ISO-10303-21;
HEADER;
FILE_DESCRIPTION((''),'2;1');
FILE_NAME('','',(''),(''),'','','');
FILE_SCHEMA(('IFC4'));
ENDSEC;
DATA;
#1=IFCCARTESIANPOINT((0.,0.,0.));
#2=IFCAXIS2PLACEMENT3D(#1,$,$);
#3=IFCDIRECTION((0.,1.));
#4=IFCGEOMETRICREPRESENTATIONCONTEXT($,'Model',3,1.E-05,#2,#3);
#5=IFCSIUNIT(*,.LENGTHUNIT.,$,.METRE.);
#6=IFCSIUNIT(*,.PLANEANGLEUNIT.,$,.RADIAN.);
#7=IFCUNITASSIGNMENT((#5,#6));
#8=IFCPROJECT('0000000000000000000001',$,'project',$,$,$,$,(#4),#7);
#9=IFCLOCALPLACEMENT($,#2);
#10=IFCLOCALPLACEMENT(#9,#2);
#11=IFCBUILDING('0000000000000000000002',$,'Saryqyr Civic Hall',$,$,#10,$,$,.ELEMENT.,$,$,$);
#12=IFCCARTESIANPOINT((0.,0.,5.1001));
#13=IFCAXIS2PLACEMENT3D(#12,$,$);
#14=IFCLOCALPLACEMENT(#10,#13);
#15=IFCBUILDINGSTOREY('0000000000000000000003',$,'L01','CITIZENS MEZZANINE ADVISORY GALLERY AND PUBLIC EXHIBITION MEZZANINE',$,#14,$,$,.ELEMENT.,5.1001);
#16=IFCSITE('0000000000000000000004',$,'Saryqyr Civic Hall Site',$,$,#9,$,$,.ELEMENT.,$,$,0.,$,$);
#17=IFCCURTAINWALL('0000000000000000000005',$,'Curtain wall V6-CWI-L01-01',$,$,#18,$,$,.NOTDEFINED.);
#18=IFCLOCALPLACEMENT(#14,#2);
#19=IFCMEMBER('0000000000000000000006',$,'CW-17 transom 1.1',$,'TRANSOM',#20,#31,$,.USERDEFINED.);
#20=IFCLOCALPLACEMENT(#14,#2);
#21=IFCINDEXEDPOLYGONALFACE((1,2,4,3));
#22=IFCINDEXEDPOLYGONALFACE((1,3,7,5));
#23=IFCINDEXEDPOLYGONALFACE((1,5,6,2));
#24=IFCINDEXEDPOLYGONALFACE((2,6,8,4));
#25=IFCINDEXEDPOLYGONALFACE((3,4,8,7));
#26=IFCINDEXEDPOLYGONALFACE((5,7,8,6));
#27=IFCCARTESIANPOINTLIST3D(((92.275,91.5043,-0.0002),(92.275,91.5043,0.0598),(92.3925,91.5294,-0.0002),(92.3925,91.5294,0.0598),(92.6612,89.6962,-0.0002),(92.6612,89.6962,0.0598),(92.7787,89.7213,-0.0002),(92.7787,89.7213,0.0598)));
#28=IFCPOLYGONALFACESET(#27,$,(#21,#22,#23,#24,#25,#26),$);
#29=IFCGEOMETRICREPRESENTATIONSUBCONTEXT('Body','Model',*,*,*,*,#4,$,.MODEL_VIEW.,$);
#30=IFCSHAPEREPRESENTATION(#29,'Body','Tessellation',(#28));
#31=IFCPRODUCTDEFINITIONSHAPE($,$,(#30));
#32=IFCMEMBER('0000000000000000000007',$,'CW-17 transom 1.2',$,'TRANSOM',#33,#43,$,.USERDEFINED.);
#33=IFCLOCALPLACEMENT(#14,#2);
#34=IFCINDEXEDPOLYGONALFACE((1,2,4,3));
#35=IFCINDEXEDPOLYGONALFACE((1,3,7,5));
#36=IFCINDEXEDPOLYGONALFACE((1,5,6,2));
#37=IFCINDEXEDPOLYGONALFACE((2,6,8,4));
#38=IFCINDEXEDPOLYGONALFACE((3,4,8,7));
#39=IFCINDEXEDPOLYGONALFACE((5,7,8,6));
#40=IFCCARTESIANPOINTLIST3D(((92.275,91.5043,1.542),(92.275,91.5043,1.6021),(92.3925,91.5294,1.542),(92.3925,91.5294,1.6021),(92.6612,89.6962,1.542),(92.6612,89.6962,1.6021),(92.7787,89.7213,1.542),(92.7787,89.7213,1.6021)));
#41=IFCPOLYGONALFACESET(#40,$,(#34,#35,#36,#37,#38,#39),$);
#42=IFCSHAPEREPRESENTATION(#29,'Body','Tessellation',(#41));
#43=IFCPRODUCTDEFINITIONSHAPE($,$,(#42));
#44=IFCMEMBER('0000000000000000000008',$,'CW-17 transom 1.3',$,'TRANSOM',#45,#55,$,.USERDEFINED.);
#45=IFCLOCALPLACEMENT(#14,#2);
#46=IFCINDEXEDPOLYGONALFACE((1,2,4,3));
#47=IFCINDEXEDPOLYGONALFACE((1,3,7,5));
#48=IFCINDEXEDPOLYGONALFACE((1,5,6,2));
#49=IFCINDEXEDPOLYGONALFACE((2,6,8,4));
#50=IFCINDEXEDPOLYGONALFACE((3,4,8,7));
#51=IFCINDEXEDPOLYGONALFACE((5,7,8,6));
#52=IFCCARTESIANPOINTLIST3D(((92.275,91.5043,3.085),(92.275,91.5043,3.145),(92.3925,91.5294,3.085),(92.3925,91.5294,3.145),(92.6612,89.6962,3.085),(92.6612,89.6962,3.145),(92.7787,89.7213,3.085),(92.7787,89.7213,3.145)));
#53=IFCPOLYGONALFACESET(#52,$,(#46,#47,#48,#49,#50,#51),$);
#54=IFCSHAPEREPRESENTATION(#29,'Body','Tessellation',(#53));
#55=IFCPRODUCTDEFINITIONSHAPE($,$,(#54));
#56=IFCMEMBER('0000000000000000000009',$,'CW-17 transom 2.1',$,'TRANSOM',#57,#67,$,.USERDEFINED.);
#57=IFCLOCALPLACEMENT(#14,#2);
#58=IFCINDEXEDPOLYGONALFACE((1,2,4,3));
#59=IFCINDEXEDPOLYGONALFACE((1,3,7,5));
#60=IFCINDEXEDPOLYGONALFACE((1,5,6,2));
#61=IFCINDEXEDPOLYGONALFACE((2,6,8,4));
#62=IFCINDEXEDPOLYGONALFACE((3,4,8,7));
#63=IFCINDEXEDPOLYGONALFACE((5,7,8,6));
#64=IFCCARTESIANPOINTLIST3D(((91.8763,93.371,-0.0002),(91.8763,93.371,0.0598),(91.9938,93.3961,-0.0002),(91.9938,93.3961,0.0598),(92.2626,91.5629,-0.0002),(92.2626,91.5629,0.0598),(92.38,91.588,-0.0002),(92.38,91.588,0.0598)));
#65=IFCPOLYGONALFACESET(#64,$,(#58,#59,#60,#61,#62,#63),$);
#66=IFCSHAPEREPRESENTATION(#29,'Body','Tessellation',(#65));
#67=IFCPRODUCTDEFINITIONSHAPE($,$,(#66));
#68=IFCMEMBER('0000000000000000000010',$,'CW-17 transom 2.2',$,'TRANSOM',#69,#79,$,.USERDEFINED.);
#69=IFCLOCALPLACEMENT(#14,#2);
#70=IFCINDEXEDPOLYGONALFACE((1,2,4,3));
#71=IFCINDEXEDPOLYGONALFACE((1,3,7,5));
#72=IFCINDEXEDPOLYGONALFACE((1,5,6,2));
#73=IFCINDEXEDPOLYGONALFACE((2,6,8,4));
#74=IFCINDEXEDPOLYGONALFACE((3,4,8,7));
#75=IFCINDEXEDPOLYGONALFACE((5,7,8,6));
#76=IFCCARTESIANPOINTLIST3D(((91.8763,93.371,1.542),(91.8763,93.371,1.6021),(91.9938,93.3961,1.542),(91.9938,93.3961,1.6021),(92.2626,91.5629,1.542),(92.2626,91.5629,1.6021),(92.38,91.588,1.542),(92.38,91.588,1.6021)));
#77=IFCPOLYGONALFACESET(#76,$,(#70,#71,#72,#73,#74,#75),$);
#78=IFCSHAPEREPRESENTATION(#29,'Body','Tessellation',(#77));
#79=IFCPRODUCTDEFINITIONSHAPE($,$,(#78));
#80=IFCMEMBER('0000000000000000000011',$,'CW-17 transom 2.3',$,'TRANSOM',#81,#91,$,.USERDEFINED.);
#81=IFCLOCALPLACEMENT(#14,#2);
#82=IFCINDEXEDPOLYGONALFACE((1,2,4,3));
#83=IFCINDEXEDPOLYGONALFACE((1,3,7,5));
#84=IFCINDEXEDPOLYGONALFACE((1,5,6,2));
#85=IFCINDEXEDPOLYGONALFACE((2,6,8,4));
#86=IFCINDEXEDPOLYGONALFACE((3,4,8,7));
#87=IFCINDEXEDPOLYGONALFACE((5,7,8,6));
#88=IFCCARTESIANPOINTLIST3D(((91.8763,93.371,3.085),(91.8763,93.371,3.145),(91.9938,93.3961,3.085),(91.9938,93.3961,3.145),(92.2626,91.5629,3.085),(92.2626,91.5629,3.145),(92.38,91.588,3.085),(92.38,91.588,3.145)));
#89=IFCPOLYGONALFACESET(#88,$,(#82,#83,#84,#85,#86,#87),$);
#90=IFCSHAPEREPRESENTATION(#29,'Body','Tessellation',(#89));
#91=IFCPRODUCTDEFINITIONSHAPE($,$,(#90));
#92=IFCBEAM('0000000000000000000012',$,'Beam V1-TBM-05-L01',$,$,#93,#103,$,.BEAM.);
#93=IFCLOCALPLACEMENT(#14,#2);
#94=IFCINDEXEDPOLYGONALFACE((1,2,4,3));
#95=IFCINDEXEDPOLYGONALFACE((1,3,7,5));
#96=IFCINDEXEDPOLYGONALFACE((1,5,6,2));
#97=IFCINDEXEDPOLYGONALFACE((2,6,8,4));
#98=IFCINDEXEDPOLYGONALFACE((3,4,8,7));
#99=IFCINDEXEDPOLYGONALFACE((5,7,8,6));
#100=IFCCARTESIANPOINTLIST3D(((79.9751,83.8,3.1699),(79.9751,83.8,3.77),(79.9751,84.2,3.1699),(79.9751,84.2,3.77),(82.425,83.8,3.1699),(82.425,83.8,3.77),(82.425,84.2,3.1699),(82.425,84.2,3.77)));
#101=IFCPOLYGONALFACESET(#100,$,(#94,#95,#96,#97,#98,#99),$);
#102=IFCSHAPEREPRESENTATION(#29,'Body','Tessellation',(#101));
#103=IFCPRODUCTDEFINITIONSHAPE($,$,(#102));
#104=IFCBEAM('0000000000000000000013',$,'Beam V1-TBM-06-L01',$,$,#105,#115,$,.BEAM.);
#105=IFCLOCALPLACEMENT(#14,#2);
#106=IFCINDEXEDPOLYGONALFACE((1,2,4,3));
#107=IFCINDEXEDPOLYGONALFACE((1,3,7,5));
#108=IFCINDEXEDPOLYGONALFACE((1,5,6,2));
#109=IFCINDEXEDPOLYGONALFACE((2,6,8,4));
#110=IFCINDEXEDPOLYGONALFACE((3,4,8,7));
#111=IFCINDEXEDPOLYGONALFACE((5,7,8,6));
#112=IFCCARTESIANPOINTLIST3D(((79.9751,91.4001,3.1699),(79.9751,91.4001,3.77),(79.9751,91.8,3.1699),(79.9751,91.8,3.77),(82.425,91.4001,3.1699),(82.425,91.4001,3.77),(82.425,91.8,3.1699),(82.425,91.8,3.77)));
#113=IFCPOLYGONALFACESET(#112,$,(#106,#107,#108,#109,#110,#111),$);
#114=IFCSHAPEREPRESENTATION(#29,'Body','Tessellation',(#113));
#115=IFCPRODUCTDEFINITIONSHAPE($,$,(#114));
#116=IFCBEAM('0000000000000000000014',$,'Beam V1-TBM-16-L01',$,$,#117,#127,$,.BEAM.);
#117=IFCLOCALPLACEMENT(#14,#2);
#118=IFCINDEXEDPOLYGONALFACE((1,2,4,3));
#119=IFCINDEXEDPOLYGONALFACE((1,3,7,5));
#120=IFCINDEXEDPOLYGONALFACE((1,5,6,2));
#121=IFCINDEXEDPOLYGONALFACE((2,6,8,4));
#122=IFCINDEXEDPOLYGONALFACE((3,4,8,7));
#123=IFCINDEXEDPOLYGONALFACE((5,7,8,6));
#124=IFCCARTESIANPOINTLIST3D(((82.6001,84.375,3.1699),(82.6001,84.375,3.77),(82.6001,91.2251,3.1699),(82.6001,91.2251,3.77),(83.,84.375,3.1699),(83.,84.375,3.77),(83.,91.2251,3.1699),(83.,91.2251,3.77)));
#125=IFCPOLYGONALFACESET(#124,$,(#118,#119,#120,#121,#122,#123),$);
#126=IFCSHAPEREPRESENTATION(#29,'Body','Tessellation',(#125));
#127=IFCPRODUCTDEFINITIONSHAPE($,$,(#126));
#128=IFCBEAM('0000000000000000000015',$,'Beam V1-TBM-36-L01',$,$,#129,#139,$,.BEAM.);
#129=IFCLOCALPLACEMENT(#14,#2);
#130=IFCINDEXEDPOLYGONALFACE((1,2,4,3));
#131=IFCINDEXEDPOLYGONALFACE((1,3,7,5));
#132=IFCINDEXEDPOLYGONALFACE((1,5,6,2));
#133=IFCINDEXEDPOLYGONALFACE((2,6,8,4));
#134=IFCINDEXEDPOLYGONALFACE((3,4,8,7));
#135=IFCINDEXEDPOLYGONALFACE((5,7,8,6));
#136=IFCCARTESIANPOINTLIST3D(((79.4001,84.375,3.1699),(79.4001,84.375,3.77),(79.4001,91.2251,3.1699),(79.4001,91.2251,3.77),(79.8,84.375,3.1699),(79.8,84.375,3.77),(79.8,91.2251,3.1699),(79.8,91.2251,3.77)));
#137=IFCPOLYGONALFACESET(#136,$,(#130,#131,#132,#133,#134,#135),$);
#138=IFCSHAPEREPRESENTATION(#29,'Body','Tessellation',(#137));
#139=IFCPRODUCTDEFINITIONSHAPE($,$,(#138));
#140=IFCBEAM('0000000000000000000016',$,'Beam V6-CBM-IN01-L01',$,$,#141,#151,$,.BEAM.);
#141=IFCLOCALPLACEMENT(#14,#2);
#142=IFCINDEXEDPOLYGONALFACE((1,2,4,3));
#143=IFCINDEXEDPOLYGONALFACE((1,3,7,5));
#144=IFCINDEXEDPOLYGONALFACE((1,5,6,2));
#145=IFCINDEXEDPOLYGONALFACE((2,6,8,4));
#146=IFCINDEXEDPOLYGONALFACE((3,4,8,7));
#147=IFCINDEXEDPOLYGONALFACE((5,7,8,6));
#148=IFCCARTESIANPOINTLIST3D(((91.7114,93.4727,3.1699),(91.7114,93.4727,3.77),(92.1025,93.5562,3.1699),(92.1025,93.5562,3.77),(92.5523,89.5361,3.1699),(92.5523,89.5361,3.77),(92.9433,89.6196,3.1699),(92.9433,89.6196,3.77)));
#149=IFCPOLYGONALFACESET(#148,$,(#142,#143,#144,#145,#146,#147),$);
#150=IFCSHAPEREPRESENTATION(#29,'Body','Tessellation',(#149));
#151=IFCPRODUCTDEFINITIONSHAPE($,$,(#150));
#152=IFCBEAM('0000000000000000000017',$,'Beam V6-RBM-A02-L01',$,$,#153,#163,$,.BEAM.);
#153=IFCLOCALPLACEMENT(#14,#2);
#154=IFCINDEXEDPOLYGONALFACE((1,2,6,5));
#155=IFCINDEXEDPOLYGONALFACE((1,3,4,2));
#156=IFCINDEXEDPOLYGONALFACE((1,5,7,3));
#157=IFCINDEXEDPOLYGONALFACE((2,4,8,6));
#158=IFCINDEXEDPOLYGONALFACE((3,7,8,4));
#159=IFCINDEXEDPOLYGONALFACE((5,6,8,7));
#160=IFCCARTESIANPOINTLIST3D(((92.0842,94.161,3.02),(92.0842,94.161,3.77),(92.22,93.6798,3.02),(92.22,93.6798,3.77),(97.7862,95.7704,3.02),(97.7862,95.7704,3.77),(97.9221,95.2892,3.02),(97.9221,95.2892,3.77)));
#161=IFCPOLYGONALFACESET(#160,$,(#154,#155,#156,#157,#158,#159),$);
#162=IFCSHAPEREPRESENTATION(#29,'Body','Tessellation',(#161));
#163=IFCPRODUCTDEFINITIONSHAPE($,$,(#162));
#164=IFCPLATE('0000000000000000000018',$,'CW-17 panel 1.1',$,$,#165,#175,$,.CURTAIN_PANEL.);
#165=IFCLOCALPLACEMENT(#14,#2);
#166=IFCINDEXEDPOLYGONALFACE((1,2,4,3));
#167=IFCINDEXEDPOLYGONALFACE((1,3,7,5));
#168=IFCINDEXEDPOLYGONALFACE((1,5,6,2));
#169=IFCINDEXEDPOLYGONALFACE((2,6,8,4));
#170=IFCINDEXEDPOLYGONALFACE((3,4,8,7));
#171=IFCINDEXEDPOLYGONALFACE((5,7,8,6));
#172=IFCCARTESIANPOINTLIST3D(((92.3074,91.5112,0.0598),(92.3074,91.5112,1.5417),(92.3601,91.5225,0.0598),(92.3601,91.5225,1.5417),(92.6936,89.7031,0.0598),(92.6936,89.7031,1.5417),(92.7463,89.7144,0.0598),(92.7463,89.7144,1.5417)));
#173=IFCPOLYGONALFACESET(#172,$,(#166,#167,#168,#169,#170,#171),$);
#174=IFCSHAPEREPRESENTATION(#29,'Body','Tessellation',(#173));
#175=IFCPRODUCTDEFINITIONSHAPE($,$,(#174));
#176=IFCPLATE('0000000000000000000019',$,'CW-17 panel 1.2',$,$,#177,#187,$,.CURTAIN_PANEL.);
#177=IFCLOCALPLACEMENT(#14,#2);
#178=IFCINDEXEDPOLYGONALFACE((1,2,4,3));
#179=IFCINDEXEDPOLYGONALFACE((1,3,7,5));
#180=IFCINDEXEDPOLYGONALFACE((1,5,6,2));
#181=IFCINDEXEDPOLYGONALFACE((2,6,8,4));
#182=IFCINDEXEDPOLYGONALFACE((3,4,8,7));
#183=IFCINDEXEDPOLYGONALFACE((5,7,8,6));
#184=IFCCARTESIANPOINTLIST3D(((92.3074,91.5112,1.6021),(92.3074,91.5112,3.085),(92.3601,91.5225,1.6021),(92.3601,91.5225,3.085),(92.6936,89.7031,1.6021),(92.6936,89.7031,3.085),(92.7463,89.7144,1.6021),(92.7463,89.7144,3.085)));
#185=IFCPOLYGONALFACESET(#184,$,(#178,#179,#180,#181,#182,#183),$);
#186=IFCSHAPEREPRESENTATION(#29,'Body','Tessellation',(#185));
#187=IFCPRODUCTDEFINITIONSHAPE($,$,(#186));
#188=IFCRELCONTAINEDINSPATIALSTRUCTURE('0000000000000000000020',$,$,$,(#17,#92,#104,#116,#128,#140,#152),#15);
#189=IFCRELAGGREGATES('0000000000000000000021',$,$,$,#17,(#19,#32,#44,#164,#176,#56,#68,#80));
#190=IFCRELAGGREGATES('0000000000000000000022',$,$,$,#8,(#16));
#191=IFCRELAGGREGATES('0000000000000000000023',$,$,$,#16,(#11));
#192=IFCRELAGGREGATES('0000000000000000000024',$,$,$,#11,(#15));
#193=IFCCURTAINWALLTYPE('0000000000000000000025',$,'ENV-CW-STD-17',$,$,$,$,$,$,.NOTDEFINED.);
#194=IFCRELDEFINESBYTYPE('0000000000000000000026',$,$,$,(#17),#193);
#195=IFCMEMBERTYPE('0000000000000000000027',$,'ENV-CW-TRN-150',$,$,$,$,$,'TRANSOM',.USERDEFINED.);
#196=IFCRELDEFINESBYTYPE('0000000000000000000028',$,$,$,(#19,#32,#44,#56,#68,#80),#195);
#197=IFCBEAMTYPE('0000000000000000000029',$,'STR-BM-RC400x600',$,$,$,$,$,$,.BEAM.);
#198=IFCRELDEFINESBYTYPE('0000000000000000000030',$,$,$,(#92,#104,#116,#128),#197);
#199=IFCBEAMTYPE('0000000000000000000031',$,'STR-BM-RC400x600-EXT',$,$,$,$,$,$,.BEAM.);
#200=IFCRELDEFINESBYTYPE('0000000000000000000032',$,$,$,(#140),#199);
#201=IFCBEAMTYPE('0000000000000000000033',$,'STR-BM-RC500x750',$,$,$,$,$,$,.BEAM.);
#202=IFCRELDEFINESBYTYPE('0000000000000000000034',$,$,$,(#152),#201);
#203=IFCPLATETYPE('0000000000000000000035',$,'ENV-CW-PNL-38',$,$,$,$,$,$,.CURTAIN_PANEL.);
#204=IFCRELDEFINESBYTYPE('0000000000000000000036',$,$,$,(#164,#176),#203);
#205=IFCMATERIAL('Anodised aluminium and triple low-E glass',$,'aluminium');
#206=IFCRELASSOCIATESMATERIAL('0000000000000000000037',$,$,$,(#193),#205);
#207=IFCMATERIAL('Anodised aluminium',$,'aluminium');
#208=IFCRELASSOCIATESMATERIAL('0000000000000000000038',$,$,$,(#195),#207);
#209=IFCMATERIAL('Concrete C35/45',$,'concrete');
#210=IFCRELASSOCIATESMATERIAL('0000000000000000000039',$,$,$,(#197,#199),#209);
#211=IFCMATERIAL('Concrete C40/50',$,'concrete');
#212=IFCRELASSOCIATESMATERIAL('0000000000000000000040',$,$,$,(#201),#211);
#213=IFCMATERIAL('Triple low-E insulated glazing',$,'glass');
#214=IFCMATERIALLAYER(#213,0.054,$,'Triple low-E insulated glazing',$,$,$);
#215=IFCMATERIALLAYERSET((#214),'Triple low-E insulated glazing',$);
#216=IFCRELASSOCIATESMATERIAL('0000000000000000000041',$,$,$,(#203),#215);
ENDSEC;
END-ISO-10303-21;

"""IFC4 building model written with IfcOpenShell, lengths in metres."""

from ifc_helpers import new_model, si_unit, direction, frame, origin, origin_2d, place, context, subcontext, project, spatial, rectangle, extrude, material, layer, layer_set, material_profile, profile_set, type_object, element, aggregate, save


model = new_model("IFC4")

# Units and contexts
model_context = context("Model", 3, precision=1e-05, world=origin(), true_north=direction((0.0, 1.0)))
body_context = subcontext(model_context, "Body", "Model", "MODEL_VIEW")
ifc_project = project(units=[si_unit("LENGTHUNIT", "METRE"), si_unit("PLANEANGLEUNIT", "RADIAN")], contexts=[model_context])

# Site, building, storey
site_placement = place(None, origin())
site = spatial("IfcSite", under=ifc_project, at=site_placement, Name="Saryqyr Civic Hall Site", CompositionType="ELEMENT", RefElevation=0.0)
building_placement = place(site_placement, origin())
building = spatial("IfcBuilding", under=site, at=building_placement, Name="Saryqyr Civic Hall", CompositionType="ELEMENT")
storey_placement = place(building_placement, frame((0.0, 0.0, 5.1001)))
storey = spatial("IfcBuildingStorey", under=building, at=storey_placement, Name="L01", Description="CITIZENS MEZZANINE ADVISORY GALLERY AND PUBLIC EXHIBITION MEZZANINE", CompositionType="ELEMENT", Elevation=5.1001)

# Shared definitions
ifc_material_1 = material(Name="Concrete C40/50", Category="concrete")

# Curtain wall, members
ifc_material_2 = material(Name="Anodised aluminium and triple low-E glass", Category="aluminium")
curtain_wall_type = type_object("IfcCurtainWallType", Name="ENV-CW-STD-17", PredefinedType="NOTDEFINED", material=ifc_material_2)
curtain_wall_placement = place(storey_placement, origin())
curtain_wall = element("IfcCurtainWall", 1, at=curtain_wall_placement, inside=storey, type_object=curtain_wall_type, Name="Curtain wall V6-CWI-L01-01", PredefinedType="NOTDEFINED")
ifc_material_3 = material(Name="Anodised aluminium", Category="aluminium")
ifc_material_profile_1 = material_profile(ifc_material_3, rectangle(XDim=0.1201, YDim=0.0601, at=origin_2d()), Name="ALU TRANSOM 120x60")
ifc_profile_set_1 = profile_set([ifc_material_profile_1], Name="Anodised aluminium")
member_type_1 = type_object("IfcMemberType", Name="ENV-CW-TRN-150", ElementType="TRANSOM", PredefinedType="USERDEFINED", material=ifc_profile_set_1)
member_1_placement = place(storey_placement, frame((92.72, 89.7087, 0.0298), z_axis=(-0.208898, 0.977937, 0.0), x_axis=(-0.977937, -0.208898, 0.0)))
member_1 = element("IfcMember", 2, at=member_1_placement, type_object=member_type_1, Name="CW-17 transom 1.1", ObjectType="TRANSOM", PredefinedType="USERDEFINED", context=body_context, shape_type="SweptSolid", body=[
    extrude(rectangle(XDim=0.1201, YDim=0.0601, at=origin_2d()), origin(), (0.0, 0.0, 1.0), 1.8489),
])
member_2_placement = place(storey_placement, frame((92.72, 89.7087, 1.572), z_axis=(-0.208898, 0.977937, 0.0), x_axis=(-0.977937, -0.208898, 0.0)))
member_2 = element("IfcMember", 3, at=member_2_placement, type_object=member_type_1, Name="CW-17 transom 1.2", ObjectType="TRANSOM", PredefinedType="USERDEFINED", context=body_context, shape_type="SweptSolid", body=[
    extrude(rectangle(XDim=0.1201, YDim=0.0601, at=origin_2d()), origin(), (0.0, 0.0, 1.0), 1.8489),
])
member_3_placement = place(storey_placement, frame((92.72, 89.7087, 3.115), z_axis=(-0.208898, 0.977937, 0.0), x_axis=(-0.977937, -0.208898, 0.0)))
member_3 = element("IfcMember", 4, at=member_3_placement, type_object=member_type_1, Name="CW-17 transom 1.3", ObjectType="TRANSOM", PredefinedType="USERDEFINED", context=body_context, shape_type="SweptSolid", body=[
    extrude(rectangle(XDim=0.1201, YDim=0.0601, at=origin_2d()), origin(), (0.0, 0.0, 1.0), 1.8489),
])
member_4_placement = place(storey_placement, frame((92.3213, 91.5754, 0.0298), z_axis=(-0.208898, 0.977937, 0.0), x_axis=(-0.977937, -0.208898, 0.0)))
member_4 = element("IfcMember", 5, at=member_4_placement, type_object=member_type_1, Name="CW-17 transom 2.1", ObjectType="TRANSOM", PredefinedType="USERDEFINED", context=body_context, shape_type="SweptSolid", body=[
    extrude(rectangle(XDim=0.1201, YDim=0.0601, at=origin_2d()), origin(), (0.0, 0.0, 1.0), 1.8489),
])
member_5_placement = place(storey_placement, frame((92.3213, 91.5754, 1.572), z_axis=(-0.208898, 0.977937, 0.0), x_axis=(-0.977937, -0.208898, 0.0)))
member_5 = element("IfcMember", 6, at=member_5_placement, type_object=member_type_1, Name="CW-17 transom 2.2", ObjectType="TRANSOM", PredefinedType="USERDEFINED", context=body_context, shape_type="SweptSolid", body=[
    extrude(rectangle(XDim=0.1201, YDim=0.0601, at=origin_2d()), origin(), (0.0, 0.0, 1.0), 1.8489),
])
member_6_placement = place(storey_placement, frame((92.3213, 91.5754, 3.115), z_axis=(-0.208898, 0.977937, 0.0), x_axis=(-0.977937, -0.208898, 0.0)))
member_6 = element("IfcMember", 7, at=member_6_placement, type_object=member_type_1, Name="CW-17 transom 2.3", ObjectType="TRANSOM", PredefinedType="USERDEFINED", context=body_context, shape_type="SweptSolid", body=[
    extrude(rectangle(XDim=0.1201, YDim=0.0601, at=origin_2d()), origin(), (0.0, 0.0, 1.0), 1.8489),
])

# Beams
ifc_material_4 = material(Name="Concrete C35/45", Category="concrete")
ifc_material_profile_2 = material_profile(ifc_material_4, rectangle(XDim=0.3999, YDim=0.6001, at=origin_2d()), Name="RC 400x600")
ifc_profile_set_2 = profile_set([ifc_material_profile_2], Name="Concrete C35/45")
beam_type_1 = type_object("IfcBeamType", Name="STR-BM-RC400x600", PredefinedType="BEAM", material=ifc_profile_set_2)
for number, where, z_axis, x_axis, name in (
    (8, (79.9751, 84.0, 3.47), (1.0, 0.0, 0.0), (0.0, 1.0, 0.0), "Beam V1-TBM-05-L01"),
    (9, (79.9751, 91.6001, 3.47), (1.0, 0.0, 0.0), (0.0, 1.0, 0.0), "Beam V1-TBM-06-L01"),
):
    element("IfcBeam", number, at=place(storey_placement, frame(where, z_axis=z_axis, x_axis=x_axis)), inside=storey, type_object=beam_type_1, Name=name, PredefinedType="BEAM", context=body_context, shape_type="SweptSolid", body=[
        extrude(rectangle(XDim=0.3999, YDim=0.6001, at=origin_2d()), origin(), (0.0, 0.0, 1.0), 2.45),
    ])
for number, where, z_axis, x_axis, name in (
    (10, (82.8, 84.375, 3.47), (0.0, 1.0, 0.0), (-1.0, 0.0, 0.0), "Beam V1-TBM-16-L01"),
    (11, (79.6001, 84.375, 3.47), (0.0, 1.0, 0.0), (-1.0, 0.0, 0.0), "Beam V1-TBM-36-L01"),
):
    element("IfcBeam", number, at=place(storey_placement, frame(where, z_axis=z_axis, x_axis=x_axis)), inside=storey, type_object=beam_type_1, Name=name, PredefinedType="BEAM", context=body_context, shape_type="SweptSolid", body=[
        extrude(rectangle(XDim=0.3999, YDim=0.6001, at=origin_2d()), origin(), (0.0, 0.0, 1.0), 6.8501),
    ])
ifc_material_profile_3 = material_profile(ifc_material_4, rectangle(XDim=0.3999, YDim=0.6001, at=origin_2d()), Name="RC 400x600")
ifc_profile_set_3 = profile_set([ifc_material_profile_3], Name="Concrete C35/45")
beam_type_2 = type_object("IfcBeamType", Name="STR-BM-RC400x600-EXT", PredefinedType="BEAM", material=ifc_profile_set_3)
beam_1_placement = place(storey_placement, frame((92.7478, 89.5779, 3.47), z_axis=(-0.208883, 0.977941, 0.0), x_axis=(-0.977941, -0.208883, 0.0)))
element("IfcBeam", 12, at=beam_1_placement, inside=storey, type_object=beam_type_2, Name="Beam V6-CBM-IN01-L01", PredefinedType="BEAM", context=body_context, shape_type="SweptSolid", body=[
    extrude(rectangle(XDim=0.3999, YDim=0.6001, at=origin_2d()), origin(), (0.0, 0.0, 1.0), 4.0254),
])
ifc_material_profile_4 = material_profile(ifc_material_1, rectangle(XDim=0.5, YDim=0.75, at=origin_2d()), Name="RC 500x750")
ifc_profile_set_4 = profile_set([ifc_material_profile_4], Name="Concrete C40/50")
beam_type_3 = type_object("IfcBeamType", Name="STR-BM-RC500x750", PredefinedType="BEAM", material=ifc_profile_set_4)
beam_2_placement = place(storey_placement, frame((92.1521, 93.9204, 3.395), z_axis=(0.962402, 0.271628, 0.0), x_axis=(-0.271628, 0.962402, 0.0)))
element("IfcBeam", 13, at=beam_2_placement, inside=storey, type_object=beam_type_3, Name="Beam V6-RBM-A02-L01", PredefinedType="BEAM", context=body_context, shape_type="SweptSolid", body=[
    extrude(rectangle(XDim=0.5, YDim=0.75, at=origin_2d()), origin(), (0.0, 0.0, 1.0), 5.9248),
])

# Plates
ifc_material_5 = material(Name="Triple low-E insulated glazing", Category="glass")
ifc_layer_1 = layer(ifc_material_5, 0.054, Name="Triple low-E insulated glazing")
ifc_layer_set_1 = layer_set([ifc_layer_1], Name="Triple low-E insulated glazing")
plate_type = type_object("IfcPlateType", Name="ENV-CW-PNL-38", PredefinedType="CURTAIN_PANEL", material=ifc_layer_set_1)
plate_1_placement = place(storey_placement, frame((92.5269, 90.6128, 0.0598), z_axis=(0.0, 0.0, 1.0), x_axis=(-0.20889, 0.977939, 0.0)))
plate_1 = element("IfcPlate", 14, at=plate_1_placement, type_object=plate_type, Name="CW-17 panel 1.1", PredefinedType="CURTAIN_PANEL", context=body_context, shape_type="SweptSolid", body=[
    extrude(rectangle(XDim=1.8489, YDim=0.054, at=origin_2d()), origin(), (0.0, 0.0, 1.0), 1.4819),
])
plate_2_placement = place(storey_placement, frame((92.5269, 90.6128, 1.6021), z_axis=(0.0, 0.0, 1.0), x_axis=(-0.20889, 0.977939, 0.0)))
plate_2 = element("IfcPlate", 15, at=plate_2_placement, type_object=plate_type, Name="CW-17 panel 1.2", PredefinedType="CURTAIN_PANEL", context=body_context, shape_type="SweptSolid", body=[
    extrude(rectangle(XDim=1.8489, YDim=0.054, at=origin_2d()), origin(), (0.0, 0.0, 1.0), 1.4829),
])
aggregate(curtain_wall, [member_1, member_2, member_3, plate_1, plate_2, member_4, member_5, member_6])

save(model, "model.ifc")
